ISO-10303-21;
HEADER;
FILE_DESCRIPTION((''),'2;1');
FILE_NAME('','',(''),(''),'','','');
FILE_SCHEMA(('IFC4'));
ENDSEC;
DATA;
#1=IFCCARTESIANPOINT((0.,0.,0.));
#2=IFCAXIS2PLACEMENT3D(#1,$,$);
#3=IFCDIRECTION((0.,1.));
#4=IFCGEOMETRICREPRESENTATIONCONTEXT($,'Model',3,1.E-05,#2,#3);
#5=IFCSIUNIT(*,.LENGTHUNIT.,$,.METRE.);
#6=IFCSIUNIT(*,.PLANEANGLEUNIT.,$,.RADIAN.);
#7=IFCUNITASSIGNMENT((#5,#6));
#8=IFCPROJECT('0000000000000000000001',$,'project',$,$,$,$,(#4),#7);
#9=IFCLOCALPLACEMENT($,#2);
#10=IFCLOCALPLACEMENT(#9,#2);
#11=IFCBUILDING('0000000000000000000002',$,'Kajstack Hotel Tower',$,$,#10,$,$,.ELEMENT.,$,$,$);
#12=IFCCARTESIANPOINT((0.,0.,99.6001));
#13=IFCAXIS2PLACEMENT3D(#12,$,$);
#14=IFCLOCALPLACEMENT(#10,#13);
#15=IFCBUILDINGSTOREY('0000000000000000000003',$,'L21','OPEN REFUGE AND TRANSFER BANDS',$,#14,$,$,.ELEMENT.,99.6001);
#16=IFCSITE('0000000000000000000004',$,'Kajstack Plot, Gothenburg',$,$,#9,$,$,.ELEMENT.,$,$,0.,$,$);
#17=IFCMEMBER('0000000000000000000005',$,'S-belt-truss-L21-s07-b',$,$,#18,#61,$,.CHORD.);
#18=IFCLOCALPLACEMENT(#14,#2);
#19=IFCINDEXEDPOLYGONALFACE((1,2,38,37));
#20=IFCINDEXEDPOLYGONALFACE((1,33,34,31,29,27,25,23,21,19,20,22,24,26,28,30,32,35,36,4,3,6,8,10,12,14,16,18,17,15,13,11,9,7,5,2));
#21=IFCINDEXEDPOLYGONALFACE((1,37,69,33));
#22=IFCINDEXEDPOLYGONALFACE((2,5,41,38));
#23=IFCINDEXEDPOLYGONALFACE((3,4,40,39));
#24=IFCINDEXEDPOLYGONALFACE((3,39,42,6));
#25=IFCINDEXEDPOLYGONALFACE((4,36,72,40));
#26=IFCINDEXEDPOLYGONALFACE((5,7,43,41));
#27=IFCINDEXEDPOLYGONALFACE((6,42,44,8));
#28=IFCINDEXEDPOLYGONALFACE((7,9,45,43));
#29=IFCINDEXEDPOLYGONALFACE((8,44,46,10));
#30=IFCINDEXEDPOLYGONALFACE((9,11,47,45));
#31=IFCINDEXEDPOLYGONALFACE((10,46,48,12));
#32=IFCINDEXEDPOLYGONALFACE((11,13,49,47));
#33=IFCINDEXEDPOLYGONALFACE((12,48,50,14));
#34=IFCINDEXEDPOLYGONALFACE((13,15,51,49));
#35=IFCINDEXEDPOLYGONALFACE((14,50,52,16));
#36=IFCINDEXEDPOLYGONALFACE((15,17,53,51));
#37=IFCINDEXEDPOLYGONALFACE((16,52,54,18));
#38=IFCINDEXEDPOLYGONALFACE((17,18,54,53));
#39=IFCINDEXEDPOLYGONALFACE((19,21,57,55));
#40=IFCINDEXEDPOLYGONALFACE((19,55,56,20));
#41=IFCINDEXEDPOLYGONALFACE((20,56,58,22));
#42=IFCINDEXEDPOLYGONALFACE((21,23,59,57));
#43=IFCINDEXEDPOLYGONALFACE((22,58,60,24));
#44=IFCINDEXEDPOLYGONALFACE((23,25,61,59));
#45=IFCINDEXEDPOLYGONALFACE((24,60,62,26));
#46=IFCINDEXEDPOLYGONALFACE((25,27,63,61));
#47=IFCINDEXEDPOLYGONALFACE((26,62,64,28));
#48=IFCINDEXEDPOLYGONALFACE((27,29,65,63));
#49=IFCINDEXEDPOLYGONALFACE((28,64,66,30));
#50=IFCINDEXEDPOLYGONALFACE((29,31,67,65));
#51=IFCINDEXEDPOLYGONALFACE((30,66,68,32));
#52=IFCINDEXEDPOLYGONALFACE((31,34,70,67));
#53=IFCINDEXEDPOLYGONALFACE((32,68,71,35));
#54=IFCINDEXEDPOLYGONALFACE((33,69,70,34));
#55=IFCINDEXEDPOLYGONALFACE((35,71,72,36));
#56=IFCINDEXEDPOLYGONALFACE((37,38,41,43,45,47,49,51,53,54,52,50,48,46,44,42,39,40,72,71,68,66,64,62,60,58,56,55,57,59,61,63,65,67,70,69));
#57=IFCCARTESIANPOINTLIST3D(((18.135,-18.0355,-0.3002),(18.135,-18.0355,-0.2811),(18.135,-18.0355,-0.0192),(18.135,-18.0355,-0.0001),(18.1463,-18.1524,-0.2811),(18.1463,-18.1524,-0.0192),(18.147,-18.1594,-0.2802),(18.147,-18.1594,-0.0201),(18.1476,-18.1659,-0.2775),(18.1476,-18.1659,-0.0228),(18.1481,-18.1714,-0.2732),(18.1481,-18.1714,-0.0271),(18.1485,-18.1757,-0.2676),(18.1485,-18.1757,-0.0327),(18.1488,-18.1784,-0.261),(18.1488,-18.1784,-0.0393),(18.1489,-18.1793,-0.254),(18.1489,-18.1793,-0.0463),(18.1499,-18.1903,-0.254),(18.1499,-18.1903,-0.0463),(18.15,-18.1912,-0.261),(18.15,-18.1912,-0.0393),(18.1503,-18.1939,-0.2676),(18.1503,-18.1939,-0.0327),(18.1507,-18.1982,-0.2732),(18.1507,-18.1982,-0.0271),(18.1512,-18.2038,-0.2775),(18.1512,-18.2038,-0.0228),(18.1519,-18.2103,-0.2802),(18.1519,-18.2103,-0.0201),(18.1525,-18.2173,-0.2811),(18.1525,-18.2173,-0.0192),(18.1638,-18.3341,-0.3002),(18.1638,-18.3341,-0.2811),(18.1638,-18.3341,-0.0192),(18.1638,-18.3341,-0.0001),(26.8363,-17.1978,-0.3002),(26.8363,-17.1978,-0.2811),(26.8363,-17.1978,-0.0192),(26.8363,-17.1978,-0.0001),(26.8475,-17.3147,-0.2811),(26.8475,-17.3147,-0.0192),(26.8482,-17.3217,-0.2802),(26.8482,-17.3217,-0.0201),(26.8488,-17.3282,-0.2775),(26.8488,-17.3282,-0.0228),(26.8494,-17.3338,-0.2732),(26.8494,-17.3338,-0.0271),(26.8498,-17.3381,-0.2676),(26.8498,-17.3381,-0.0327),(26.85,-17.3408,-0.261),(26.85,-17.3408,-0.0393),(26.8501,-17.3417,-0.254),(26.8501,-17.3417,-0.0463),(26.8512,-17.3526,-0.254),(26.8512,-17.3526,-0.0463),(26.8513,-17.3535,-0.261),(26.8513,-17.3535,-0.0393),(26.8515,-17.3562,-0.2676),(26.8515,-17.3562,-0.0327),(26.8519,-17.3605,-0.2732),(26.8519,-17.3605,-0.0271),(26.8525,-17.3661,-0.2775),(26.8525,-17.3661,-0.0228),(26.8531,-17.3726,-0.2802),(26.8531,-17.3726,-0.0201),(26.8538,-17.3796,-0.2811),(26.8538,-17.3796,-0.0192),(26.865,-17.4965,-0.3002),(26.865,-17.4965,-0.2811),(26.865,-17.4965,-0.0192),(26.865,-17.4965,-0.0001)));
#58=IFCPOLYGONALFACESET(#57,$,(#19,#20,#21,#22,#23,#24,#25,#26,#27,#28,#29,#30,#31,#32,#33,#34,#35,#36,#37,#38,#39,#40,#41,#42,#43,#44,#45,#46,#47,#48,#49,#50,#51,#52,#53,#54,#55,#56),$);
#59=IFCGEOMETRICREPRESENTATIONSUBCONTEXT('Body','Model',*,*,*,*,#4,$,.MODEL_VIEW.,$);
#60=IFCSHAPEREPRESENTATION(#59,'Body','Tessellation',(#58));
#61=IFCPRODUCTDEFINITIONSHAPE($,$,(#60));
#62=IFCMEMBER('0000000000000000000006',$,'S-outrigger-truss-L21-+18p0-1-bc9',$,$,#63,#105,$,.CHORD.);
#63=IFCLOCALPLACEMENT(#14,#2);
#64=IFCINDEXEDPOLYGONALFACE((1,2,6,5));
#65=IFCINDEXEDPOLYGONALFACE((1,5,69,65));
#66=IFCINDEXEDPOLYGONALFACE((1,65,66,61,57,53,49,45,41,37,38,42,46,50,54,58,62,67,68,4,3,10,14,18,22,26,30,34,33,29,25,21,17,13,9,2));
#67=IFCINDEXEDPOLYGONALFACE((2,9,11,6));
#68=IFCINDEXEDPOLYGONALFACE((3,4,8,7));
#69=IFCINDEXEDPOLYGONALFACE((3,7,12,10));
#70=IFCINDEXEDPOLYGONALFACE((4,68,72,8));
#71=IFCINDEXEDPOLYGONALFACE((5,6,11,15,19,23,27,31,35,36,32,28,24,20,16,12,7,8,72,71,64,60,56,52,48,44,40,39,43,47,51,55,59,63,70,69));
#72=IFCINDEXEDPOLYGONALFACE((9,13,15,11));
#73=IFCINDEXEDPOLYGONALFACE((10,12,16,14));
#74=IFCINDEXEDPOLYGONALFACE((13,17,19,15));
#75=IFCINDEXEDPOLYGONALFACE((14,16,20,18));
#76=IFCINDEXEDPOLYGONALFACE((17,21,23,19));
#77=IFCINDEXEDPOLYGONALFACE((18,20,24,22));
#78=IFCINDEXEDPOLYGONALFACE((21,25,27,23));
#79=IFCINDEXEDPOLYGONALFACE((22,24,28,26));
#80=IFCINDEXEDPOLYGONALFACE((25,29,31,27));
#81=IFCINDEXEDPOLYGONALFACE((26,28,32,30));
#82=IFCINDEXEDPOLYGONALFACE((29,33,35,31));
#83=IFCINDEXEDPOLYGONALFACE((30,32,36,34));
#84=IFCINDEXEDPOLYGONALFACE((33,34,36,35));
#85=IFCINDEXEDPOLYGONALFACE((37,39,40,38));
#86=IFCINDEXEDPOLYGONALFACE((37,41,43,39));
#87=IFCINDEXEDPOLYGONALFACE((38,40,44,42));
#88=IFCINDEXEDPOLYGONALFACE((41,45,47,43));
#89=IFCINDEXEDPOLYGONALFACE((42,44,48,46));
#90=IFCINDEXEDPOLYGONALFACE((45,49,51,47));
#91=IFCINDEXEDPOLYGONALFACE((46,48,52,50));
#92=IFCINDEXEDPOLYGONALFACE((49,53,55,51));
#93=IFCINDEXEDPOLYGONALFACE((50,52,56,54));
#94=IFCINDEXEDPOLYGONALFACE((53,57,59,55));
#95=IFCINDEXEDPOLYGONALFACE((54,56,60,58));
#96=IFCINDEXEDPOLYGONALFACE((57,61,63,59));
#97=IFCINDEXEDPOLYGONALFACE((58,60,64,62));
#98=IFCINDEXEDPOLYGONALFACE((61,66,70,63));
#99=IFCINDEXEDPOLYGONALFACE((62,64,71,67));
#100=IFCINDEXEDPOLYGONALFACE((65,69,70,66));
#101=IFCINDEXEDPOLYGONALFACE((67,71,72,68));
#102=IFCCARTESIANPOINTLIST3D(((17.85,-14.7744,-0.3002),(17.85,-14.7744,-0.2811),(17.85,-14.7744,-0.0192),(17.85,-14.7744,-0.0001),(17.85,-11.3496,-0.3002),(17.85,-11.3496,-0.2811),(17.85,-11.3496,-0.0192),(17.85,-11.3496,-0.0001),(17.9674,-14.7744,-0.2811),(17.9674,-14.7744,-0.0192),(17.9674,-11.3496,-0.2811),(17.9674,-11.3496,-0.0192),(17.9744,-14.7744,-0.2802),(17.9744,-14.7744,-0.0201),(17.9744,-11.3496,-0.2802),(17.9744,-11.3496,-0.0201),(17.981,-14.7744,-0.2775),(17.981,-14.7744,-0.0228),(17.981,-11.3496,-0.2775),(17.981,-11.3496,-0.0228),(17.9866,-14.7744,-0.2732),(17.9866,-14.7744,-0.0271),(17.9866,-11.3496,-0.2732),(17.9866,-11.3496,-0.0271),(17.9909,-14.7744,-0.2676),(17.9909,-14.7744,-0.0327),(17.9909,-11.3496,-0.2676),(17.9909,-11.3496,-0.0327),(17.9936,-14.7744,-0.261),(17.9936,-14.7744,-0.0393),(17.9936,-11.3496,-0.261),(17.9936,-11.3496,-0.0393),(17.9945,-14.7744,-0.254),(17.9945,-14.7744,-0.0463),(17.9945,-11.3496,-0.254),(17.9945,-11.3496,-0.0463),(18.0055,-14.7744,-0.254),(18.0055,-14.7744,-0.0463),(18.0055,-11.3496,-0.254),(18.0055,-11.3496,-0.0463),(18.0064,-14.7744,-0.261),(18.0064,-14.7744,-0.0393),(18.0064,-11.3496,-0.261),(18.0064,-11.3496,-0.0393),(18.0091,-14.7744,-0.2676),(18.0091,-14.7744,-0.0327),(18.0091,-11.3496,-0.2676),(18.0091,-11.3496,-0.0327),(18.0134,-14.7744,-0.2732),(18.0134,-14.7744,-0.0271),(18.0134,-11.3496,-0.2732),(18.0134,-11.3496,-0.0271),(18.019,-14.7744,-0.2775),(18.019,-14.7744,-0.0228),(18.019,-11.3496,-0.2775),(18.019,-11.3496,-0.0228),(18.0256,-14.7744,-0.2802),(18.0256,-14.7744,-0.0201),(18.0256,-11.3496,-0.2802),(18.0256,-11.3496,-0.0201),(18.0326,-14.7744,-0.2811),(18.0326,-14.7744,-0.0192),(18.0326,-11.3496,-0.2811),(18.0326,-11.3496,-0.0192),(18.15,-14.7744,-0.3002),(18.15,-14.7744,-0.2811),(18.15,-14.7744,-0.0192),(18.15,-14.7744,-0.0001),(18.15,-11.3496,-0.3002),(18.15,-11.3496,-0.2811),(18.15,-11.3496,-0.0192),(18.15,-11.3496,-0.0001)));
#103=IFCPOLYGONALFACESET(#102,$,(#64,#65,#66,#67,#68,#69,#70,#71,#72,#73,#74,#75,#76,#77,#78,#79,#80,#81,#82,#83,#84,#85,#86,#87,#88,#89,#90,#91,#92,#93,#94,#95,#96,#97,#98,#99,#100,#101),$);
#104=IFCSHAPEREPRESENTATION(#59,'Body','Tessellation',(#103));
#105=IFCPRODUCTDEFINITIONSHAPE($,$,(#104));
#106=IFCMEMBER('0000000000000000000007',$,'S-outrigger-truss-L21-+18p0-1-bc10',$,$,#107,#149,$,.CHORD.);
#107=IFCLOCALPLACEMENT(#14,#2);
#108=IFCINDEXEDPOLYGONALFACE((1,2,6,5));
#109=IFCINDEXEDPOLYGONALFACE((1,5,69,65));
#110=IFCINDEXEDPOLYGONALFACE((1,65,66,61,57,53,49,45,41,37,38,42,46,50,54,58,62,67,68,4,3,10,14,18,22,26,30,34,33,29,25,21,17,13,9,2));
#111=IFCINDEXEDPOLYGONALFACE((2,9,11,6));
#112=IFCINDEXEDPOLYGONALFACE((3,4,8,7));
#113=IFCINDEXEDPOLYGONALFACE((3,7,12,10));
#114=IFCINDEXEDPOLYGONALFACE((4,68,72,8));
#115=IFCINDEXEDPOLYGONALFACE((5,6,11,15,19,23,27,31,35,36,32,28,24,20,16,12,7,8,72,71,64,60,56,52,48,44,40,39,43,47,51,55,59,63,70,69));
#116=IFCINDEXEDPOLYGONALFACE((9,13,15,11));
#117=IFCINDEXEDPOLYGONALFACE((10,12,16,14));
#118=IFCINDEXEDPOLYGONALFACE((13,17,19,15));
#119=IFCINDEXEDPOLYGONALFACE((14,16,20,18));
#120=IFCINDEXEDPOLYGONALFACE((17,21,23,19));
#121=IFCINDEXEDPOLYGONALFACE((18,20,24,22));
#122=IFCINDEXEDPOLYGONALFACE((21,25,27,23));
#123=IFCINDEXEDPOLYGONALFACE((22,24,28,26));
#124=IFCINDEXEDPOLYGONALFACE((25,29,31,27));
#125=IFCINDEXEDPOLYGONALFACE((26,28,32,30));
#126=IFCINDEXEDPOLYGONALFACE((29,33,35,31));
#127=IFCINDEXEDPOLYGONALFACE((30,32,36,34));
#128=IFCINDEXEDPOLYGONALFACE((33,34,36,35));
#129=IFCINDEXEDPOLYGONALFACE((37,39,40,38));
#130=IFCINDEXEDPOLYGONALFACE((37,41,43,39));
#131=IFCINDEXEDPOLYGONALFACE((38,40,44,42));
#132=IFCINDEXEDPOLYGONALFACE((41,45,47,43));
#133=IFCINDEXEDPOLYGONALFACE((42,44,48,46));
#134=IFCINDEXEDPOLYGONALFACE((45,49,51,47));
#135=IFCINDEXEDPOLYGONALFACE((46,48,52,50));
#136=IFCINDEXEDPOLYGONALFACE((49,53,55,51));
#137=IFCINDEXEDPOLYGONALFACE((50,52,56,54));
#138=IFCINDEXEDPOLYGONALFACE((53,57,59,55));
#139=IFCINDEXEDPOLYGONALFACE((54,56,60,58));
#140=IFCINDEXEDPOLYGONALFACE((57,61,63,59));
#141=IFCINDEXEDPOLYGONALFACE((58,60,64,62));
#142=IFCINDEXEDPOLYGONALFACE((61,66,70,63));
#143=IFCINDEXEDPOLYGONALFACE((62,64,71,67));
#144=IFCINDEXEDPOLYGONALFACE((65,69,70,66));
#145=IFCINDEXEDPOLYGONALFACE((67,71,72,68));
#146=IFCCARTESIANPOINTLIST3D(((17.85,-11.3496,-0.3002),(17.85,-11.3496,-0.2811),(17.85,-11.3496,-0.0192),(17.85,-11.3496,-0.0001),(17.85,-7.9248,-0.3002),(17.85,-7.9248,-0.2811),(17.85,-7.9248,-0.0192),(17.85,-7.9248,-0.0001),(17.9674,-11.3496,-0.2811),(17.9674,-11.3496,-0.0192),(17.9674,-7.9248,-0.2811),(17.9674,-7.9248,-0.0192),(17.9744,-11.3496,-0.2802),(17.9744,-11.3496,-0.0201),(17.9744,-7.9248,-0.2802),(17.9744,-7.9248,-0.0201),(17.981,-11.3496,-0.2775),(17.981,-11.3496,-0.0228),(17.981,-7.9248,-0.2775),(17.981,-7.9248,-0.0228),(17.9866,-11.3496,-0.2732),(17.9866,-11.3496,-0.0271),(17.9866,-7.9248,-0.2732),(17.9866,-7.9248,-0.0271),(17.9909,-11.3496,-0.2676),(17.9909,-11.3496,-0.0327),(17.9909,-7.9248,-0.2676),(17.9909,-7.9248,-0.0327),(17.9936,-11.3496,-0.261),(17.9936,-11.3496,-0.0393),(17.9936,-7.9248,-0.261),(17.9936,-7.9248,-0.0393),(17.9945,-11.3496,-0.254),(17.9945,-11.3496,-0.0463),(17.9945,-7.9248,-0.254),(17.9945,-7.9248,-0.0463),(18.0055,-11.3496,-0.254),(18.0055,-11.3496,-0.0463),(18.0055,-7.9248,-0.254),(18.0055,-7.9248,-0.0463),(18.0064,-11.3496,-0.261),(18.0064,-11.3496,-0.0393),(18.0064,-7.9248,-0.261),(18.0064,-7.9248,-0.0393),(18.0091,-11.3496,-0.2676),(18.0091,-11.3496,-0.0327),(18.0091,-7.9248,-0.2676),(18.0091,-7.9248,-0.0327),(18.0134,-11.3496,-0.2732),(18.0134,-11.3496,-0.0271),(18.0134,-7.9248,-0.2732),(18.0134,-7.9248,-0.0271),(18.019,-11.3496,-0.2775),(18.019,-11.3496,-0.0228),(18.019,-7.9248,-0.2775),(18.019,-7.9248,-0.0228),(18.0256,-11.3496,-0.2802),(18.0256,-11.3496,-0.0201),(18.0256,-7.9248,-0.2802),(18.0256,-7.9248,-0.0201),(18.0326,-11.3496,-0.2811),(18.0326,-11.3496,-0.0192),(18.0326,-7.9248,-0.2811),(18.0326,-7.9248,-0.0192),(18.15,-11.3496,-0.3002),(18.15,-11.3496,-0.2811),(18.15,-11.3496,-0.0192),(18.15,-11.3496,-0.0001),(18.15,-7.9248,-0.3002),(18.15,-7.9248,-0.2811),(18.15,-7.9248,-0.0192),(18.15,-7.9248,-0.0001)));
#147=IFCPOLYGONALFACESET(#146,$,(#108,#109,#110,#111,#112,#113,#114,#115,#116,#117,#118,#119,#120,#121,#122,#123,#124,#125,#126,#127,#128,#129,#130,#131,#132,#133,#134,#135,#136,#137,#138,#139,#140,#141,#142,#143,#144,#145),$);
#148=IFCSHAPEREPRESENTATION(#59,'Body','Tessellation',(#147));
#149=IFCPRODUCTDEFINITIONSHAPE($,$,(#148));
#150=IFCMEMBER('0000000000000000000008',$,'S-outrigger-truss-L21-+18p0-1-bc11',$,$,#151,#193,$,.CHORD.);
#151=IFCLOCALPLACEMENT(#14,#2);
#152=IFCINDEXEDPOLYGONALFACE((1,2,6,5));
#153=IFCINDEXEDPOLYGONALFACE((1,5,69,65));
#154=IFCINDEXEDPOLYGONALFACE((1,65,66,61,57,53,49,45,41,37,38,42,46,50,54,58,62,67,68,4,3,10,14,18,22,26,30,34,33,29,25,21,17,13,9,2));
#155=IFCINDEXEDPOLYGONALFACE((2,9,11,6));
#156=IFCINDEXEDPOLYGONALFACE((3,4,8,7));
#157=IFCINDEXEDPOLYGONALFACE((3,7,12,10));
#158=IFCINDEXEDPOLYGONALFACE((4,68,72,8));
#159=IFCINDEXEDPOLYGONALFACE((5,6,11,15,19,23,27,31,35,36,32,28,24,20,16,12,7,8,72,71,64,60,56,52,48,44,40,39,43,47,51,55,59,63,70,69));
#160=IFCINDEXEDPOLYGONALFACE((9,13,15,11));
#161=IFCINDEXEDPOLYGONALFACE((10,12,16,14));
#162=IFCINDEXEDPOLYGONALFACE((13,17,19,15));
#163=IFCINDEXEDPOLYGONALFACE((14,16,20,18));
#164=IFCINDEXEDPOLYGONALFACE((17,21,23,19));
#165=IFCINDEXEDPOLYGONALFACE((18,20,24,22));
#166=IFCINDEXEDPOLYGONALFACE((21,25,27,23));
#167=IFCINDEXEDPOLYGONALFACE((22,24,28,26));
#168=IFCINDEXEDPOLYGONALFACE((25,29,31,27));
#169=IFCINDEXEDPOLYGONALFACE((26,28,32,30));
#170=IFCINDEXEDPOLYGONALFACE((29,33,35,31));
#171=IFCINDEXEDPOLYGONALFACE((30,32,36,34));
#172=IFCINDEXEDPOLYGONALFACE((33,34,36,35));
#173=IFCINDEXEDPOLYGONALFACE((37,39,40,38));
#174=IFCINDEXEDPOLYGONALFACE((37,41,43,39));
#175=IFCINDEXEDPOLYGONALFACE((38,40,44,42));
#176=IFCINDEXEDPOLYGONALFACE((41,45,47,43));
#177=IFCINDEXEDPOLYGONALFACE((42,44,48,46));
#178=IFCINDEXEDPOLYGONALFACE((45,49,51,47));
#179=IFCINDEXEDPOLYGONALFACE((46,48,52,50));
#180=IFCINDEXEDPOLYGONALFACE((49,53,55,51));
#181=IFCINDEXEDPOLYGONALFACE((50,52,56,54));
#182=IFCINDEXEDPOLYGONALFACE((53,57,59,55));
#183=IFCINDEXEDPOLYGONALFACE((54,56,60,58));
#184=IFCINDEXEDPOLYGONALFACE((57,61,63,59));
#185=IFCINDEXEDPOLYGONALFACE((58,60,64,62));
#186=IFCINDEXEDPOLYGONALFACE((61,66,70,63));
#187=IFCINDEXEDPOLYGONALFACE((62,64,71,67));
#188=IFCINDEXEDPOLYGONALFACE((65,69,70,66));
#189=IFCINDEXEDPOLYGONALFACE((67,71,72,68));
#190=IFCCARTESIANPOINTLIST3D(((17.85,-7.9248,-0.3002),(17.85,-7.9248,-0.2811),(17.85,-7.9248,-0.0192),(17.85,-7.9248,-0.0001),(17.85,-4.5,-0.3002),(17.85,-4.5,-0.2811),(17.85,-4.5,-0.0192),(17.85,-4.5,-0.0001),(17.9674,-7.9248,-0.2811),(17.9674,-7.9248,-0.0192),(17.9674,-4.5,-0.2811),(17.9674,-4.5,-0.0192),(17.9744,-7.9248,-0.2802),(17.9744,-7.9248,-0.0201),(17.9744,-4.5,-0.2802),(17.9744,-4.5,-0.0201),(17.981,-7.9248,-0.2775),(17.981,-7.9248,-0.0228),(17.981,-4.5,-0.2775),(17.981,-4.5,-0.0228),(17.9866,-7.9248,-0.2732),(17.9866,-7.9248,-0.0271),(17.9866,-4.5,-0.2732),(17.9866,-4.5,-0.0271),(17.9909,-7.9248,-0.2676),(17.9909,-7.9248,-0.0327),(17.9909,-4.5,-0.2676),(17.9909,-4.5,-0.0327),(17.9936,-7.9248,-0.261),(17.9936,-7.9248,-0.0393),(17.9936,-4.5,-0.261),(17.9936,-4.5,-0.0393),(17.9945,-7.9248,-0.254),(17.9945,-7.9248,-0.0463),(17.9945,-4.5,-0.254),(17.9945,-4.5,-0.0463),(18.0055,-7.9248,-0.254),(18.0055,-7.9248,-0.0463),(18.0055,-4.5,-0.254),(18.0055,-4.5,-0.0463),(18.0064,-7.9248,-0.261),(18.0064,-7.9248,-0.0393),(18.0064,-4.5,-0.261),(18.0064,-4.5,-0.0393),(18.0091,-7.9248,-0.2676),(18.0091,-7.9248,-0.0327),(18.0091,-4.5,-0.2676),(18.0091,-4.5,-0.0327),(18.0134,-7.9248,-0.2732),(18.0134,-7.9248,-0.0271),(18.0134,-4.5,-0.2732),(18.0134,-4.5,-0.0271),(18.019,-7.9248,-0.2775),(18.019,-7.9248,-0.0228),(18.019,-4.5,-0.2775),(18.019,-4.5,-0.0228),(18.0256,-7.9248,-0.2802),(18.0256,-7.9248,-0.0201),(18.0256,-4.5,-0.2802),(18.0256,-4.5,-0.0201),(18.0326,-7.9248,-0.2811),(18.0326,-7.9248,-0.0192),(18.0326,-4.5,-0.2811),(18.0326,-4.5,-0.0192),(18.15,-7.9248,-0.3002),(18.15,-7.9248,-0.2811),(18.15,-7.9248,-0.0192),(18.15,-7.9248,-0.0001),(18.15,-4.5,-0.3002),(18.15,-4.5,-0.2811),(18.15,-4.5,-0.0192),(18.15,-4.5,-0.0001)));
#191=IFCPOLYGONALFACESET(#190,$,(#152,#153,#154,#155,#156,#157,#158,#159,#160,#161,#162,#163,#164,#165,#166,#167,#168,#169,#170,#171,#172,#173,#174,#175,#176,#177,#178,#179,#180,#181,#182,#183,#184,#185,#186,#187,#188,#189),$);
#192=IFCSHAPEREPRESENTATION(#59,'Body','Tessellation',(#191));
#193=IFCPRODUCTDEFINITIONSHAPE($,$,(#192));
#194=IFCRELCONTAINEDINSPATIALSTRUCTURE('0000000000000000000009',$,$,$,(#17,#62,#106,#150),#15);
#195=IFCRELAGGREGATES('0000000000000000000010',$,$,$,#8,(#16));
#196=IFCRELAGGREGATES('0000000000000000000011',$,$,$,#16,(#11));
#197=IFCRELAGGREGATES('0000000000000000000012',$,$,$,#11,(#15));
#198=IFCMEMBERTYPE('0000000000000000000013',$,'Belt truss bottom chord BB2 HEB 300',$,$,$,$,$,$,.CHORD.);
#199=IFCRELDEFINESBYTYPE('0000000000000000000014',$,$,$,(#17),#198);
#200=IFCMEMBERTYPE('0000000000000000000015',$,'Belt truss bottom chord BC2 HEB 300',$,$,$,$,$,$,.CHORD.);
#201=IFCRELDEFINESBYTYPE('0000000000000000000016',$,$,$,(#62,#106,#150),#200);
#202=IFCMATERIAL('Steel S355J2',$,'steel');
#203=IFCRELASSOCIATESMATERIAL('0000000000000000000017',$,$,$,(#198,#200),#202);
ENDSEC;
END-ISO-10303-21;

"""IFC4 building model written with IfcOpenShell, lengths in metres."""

from ifc_helpers import new_model, si_unit, direction, frame, origin, origin_2d, place, context, subcontext, project, spatial, i_section, extrude, material, material_profile, profile_set, type_object, element, save


model = new_model("IFC4")

# Units and contexts
model_context = context("Model", 3, precision=1e-05, world=origin(), true_north=direction((0.0, 1.0)))
body_context = subcontext(model_context, "Body", "Model", "MODEL_VIEW")
ifc_project = project(units=[si_unit("LENGTHUNIT", "METRE"), si_unit("PLANEANGLEUNIT", "RADIAN")], contexts=[model_context])

# Site, building, storey
site_placement = place(None, origin())
site = spatial("IfcSite", under=ifc_project, at=site_placement, Name="Kajstack Plot, Gothenburg", CompositionType="ELEMENT", RefElevation=0.0)
building_placement = place(site_placement, origin())
building = spatial("IfcBuilding", under=site, at=building_placement, Name="Kajstack Hotel Tower", CompositionType="ELEMENT")
storey_placement = place(building_placement, frame((0.0, 0.0, 99.6001)))
storey = spatial("IfcBuildingStorey", under=building, at=storey_placement, Name="L21", Description="OPEN REFUGE AND TRANSFER BANDS", CompositionType="ELEMENT", Elevation=99.6001)

# Members
ifc_material_1 = material(Name="Steel S355J2", Category="steel")
ifc_material_profile_1 = material_profile(ifc_material_1, i_section(OverallWidth=0.3, OverallDepth=0.3, WebThickness=0.011, FlangeThickness=0.019, FilletRadius=0.0271, at=origin_2d()), Name="HEB 300")
ifc_profile_set_1 = profile_set([ifc_material_profile_1], Name="Steel S355J2")
member_type_1 = type_object("IfcMemberType", Name="Belt truss bottom chord BB2 HEB 300", PredefinedType="CHORD", material=ifc_profile_set_1)
member_1_placement = place(storey_placement, frame((18.1494, -18.1848, -0.1501), z_axis=(0.995398, 0.095825, 0.0), x_axis=(-0.095825, 0.995398, 0.0)))
element("IfcMember", 1, at=member_1_placement, inside=storey, type_object=member_type_1, Name="S-belt-truss-L21-s07-b", PredefinedType="CHORD", context=body_context, shape_type="SweptSolid", body=[
    extrude(i_section(OverallWidth=0.3, OverallDepth=0.3, WebThickness=0.011, FlangeThickness=0.019, FilletRadius=0.0271, at=origin_2d()), origin(), (0.0, 0.0, 1.0), 8.7415),
])
ifc_material_profile_2 = material_profile(ifc_material_1, i_section(OverallWidth=0.3, OverallDepth=0.3, WebThickness=0.011, FlangeThickness=0.019, FilletRadius=0.0271, at=origin_2d()), Name="HEB 300")
ifc_profile_set_2 = profile_set([ifc_material_profile_2], Name="Steel S355J2")
member_type_2 = type_object("IfcMemberType", Name="Belt truss bottom chord BC2 HEB 300", PredefinedType="CHORD", material=ifc_profile_set_2)
for number, where, z_axis, x_axis, name in (
    (2, (18.0, -14.7744, -0.1501), (0.0, 1.0, 0.0), (-1.0, 0.0, 0.0), "S-outrigger-truss-L21-+18p0-1-bc9"),
    (3, (18.0, -11.3496, -0.1501), (0.0, 1.0, 0.0), (-1.0, 0.0, 0.0), "S-outrigger-truss-L21-+18p0-1-bc10"),
    (4, (18.0, -7.9248, -0.1501), (0.0, 1.0, 0.0), (-1.0, 0.0, 0.0), "S-outrigger-truss-L21-+18p0-1-bc11"),
):
    element("IfcMember", number, at=place(storey_placement, frame(where, z_axis=z_axis, x_axis=x_axis)), inside=storey, type_object=member_type_2, Name=name, PredefinedType="CHORD", context=body_context, shape_type="SweptSolid", body=[
        extrude(i_section(OverallWidth=0.3, OverallDepth=0.3, WebThickness=0.011, FlangeThickness=0.019, FilletRadius=0.0271, at=origin_2d()), origin(), (0.0, 0.0, 1.0), 3.4248),
    ])

save(model, "model.ifc")
